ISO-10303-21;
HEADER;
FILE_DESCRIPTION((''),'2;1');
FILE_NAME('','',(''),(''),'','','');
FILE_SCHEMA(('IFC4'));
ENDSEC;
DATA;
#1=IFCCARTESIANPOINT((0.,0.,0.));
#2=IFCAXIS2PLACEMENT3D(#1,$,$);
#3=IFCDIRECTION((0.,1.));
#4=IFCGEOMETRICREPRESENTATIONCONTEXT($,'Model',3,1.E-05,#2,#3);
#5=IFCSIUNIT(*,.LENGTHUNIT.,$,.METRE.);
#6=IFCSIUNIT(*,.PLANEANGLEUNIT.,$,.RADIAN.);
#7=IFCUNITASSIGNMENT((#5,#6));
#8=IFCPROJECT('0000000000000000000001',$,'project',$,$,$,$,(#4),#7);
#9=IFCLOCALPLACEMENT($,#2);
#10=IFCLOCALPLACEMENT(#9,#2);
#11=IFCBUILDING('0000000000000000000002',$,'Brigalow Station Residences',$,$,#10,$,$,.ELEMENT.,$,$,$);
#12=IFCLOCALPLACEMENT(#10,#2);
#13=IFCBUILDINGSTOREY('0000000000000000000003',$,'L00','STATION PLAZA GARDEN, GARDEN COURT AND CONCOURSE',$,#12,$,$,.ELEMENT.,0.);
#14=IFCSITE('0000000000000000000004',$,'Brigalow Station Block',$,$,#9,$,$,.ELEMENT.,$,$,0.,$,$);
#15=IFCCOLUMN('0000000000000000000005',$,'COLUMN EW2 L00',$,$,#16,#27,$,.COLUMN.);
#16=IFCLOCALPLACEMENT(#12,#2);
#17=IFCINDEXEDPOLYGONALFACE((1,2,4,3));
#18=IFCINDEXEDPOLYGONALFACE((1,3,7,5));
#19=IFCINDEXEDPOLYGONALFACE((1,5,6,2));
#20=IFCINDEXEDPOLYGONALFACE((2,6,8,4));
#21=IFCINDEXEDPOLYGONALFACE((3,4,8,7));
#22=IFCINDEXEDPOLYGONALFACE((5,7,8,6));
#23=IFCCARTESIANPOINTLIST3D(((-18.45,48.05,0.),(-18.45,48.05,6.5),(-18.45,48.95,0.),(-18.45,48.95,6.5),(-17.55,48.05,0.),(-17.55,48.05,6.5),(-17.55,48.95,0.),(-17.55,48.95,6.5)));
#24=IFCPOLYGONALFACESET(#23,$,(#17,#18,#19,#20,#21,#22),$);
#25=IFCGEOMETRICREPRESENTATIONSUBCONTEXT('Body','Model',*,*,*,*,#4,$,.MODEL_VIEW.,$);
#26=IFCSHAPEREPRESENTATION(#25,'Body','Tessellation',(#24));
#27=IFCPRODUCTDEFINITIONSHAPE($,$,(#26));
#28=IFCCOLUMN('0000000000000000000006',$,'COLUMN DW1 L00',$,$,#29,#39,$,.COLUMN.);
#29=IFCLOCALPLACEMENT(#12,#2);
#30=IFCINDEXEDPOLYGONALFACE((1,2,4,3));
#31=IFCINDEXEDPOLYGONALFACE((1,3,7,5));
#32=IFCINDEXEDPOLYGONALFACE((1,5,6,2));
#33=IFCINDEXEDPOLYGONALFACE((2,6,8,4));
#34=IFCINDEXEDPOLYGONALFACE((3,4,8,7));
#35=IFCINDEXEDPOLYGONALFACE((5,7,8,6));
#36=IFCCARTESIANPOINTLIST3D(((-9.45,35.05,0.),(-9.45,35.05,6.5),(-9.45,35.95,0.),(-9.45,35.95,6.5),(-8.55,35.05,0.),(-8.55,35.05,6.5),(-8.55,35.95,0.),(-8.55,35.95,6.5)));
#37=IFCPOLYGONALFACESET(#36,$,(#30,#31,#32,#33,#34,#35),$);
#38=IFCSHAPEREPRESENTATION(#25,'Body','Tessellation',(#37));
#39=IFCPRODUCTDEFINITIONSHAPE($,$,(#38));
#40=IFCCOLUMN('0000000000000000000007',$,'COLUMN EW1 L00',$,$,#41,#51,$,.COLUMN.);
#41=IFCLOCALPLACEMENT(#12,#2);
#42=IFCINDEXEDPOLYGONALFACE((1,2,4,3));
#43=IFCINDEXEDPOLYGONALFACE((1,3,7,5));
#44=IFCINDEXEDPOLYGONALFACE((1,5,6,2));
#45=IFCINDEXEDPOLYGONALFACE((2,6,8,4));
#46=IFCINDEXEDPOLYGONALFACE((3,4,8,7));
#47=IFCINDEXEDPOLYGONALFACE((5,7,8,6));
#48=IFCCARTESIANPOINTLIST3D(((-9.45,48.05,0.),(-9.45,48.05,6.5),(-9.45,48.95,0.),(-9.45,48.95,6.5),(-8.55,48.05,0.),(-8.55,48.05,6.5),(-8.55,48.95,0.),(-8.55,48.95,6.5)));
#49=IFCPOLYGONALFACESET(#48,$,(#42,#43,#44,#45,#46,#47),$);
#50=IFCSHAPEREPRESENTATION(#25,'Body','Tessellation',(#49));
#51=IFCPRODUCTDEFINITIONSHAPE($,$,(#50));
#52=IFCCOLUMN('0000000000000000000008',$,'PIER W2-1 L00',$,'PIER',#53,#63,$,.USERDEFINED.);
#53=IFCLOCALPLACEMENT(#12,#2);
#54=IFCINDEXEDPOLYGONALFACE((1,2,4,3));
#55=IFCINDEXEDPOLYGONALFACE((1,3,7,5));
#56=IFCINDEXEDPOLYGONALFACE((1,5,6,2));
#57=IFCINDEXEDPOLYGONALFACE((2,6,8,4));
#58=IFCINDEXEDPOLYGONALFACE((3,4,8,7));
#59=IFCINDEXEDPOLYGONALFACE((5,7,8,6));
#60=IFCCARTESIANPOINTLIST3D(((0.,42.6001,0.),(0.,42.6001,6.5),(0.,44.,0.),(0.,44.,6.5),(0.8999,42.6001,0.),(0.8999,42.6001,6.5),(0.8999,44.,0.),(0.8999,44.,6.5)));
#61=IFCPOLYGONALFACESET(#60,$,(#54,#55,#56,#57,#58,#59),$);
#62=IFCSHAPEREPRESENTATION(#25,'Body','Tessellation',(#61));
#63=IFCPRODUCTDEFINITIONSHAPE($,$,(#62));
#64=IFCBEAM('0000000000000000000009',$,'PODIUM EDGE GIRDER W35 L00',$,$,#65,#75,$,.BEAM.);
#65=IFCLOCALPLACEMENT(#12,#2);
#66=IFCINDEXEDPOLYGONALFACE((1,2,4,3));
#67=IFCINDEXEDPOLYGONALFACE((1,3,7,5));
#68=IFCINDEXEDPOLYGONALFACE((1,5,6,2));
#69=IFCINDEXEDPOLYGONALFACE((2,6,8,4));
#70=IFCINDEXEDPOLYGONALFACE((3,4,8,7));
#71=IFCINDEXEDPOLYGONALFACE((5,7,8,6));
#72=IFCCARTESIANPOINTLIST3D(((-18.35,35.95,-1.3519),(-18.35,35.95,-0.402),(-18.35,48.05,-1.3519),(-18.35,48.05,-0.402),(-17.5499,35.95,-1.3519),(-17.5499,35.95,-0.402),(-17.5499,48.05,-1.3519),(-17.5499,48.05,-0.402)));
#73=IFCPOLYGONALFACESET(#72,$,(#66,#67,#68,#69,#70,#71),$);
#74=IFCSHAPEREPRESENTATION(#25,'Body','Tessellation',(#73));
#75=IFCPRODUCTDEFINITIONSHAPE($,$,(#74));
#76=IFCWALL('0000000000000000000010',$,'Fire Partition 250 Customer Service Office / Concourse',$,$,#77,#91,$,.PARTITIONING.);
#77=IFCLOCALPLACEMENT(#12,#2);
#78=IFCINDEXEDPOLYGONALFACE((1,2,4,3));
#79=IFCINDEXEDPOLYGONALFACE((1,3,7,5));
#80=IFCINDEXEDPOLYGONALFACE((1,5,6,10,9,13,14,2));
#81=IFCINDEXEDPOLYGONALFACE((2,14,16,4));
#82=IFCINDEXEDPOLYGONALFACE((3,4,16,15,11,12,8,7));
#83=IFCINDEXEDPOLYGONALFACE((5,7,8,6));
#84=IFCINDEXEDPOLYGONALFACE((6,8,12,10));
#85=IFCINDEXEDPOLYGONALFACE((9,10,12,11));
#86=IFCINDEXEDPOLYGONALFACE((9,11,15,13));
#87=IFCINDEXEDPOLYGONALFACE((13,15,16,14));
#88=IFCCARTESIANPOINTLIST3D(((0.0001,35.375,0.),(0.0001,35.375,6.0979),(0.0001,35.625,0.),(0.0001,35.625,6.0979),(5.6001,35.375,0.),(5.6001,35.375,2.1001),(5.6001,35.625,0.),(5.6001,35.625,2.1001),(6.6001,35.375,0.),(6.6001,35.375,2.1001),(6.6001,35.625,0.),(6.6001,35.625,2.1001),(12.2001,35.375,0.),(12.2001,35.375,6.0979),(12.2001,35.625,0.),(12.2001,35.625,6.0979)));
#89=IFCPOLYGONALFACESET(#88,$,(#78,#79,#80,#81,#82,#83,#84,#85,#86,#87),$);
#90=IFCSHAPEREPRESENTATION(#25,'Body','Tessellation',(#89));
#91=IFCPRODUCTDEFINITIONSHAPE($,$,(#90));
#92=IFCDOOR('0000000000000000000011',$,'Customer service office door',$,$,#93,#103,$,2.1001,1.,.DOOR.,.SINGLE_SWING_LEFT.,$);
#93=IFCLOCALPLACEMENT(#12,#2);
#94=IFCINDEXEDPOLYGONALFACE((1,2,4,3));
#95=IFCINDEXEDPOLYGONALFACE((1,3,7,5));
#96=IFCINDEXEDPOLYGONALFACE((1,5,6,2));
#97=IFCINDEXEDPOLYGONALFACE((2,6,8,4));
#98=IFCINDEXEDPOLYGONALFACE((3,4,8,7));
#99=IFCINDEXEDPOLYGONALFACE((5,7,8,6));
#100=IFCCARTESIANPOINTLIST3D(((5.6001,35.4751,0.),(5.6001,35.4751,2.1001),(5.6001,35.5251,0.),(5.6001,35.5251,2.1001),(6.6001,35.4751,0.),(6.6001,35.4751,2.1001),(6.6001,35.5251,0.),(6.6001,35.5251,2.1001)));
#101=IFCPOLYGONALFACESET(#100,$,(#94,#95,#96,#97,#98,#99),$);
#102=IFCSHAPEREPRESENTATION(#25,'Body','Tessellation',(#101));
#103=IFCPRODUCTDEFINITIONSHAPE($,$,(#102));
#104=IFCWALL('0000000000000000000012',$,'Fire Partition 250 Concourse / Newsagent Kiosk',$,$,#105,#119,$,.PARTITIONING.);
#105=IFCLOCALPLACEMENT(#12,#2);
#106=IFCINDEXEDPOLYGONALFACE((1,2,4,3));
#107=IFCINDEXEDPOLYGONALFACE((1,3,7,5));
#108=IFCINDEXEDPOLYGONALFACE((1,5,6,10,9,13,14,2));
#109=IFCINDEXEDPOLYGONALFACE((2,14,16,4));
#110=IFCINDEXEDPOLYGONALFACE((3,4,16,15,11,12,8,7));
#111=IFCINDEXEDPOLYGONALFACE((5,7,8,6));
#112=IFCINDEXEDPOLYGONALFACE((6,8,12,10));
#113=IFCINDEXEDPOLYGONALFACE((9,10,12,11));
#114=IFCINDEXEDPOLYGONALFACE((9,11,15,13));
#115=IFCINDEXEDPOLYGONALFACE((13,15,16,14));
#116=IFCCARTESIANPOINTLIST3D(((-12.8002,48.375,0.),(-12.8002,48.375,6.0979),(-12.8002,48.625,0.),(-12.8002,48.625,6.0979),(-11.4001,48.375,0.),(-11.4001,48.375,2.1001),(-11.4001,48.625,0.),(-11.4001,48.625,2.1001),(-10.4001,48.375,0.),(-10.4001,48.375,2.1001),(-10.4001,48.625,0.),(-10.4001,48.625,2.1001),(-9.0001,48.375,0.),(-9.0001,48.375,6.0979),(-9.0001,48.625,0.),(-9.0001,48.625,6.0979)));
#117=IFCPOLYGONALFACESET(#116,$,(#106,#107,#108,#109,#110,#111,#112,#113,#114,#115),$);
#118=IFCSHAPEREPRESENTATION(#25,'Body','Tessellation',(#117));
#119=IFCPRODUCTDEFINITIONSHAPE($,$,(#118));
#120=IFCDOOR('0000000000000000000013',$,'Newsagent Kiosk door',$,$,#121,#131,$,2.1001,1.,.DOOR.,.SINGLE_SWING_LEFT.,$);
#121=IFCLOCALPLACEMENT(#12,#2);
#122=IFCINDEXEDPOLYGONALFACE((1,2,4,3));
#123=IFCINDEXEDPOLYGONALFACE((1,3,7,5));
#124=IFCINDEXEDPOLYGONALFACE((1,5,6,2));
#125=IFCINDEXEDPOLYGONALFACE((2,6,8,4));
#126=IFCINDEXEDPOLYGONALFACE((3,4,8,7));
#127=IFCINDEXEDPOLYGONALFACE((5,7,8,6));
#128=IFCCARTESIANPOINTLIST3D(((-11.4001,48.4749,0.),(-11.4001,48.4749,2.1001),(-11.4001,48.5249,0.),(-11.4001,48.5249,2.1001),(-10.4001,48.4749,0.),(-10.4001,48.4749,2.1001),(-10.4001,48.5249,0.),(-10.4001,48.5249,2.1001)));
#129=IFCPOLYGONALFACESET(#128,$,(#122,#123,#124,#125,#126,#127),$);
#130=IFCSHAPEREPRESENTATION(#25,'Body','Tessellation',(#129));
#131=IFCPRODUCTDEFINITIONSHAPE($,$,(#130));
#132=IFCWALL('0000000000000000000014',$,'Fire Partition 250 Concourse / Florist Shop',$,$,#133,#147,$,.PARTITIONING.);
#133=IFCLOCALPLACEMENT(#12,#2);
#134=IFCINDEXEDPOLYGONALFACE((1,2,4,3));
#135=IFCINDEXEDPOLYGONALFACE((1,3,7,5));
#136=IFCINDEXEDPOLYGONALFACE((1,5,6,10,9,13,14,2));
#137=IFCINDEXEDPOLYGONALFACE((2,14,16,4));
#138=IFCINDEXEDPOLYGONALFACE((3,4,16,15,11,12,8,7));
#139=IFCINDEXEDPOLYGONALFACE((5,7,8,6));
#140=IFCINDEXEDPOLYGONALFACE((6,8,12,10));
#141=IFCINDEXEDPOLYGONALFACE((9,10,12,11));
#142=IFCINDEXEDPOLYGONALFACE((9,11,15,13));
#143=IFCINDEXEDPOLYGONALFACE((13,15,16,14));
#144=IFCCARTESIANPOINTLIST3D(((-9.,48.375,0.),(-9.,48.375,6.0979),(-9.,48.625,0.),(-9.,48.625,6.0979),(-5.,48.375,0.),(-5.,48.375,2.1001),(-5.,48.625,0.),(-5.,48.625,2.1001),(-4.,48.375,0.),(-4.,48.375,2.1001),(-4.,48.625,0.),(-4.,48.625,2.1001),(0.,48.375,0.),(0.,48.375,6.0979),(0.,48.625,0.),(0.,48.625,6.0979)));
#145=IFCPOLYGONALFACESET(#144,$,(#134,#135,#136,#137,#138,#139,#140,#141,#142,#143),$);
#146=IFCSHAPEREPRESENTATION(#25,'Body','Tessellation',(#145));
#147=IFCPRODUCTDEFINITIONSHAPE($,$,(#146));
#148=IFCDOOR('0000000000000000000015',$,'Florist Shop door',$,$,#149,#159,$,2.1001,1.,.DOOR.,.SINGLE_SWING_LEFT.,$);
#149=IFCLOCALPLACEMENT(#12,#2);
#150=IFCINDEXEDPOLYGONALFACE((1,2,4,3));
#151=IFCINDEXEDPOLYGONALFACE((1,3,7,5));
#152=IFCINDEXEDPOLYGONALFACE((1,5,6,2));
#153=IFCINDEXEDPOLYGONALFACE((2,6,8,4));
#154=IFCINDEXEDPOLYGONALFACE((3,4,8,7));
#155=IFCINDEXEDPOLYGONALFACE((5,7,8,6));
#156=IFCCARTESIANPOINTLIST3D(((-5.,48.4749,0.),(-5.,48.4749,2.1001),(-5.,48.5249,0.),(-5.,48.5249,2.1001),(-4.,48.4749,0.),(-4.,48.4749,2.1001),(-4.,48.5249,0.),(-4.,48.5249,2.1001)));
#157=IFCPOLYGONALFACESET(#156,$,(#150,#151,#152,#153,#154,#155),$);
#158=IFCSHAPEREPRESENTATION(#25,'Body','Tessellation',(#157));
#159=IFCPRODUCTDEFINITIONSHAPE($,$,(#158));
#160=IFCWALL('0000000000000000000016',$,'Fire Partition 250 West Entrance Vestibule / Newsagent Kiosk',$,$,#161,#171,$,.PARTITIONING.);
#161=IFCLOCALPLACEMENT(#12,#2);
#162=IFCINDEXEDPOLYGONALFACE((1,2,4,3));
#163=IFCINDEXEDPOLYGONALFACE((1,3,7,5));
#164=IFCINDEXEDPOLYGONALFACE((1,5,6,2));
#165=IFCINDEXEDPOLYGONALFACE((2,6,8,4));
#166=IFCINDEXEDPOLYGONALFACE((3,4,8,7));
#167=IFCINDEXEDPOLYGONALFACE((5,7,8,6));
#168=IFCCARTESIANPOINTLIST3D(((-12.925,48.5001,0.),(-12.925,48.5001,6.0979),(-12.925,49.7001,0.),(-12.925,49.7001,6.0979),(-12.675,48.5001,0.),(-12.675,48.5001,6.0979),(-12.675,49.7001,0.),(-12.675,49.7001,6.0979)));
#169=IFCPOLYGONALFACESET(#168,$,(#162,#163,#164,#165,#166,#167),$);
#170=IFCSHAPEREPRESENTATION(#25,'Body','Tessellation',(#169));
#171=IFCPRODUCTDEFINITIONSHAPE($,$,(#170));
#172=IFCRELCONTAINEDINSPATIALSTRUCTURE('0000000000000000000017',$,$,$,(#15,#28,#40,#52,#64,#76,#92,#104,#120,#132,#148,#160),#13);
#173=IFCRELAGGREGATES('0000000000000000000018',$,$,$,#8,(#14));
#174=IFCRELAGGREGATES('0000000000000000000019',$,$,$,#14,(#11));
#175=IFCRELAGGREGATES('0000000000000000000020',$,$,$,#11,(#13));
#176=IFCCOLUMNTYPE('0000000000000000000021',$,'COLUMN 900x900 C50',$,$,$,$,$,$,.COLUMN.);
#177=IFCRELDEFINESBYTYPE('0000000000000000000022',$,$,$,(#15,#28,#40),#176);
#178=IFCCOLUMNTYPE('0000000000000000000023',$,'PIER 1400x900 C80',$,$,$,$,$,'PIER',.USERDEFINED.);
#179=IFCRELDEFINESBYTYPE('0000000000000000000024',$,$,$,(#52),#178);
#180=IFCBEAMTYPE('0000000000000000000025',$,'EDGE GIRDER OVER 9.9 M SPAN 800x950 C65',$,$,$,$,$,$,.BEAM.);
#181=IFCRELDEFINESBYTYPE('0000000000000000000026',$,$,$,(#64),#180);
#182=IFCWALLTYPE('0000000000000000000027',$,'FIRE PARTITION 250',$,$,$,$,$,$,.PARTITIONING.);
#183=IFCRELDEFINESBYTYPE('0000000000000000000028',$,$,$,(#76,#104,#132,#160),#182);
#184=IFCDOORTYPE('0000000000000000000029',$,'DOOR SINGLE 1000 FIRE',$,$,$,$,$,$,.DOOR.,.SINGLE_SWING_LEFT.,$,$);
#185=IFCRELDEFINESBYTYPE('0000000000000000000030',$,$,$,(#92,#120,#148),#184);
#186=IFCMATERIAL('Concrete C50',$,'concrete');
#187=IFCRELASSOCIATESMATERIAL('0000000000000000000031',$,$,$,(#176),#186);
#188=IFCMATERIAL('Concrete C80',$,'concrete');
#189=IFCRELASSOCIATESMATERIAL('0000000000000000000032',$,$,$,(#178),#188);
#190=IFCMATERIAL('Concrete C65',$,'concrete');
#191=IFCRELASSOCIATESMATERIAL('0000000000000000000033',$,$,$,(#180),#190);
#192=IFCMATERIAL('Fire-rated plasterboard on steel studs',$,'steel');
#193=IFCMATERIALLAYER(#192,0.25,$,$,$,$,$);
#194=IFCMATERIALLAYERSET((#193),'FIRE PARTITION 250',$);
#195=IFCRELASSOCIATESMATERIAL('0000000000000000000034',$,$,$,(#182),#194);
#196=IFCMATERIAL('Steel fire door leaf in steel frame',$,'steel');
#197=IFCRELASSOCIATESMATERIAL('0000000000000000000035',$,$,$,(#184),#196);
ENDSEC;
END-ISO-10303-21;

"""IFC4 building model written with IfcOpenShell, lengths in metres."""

from ifc_helpers import new_model, si_unit, direction, frame, frame_2d, origin, origin_2d, place, context, subcontext, project, spatial, rectangle, extrude, material, layer, layer_set, material_profile, profile_set, type_object, element, fill, save


model = new_model("IFC4")

# Units and contexts
model_context = context("Model", 3, precision=1e-05, world=origin(), true_north=direction((0.0, 1.0)))
body_context = subcontext(model_context, "Body", "Model", "MODEL_VIEW")
ifc_project = project(units=[si_unit("LENGTHUNIT", "METRE"), si_unit("PLANEANGLEUNIT", "RADIAN")], contexts=[model_context])

# Site, building, storey
site_placement = place(None, origin())
site = spatial("IfcSite", under=ifc_project, at=site_placement, Name="Brigalow Station Block", CompositionType="ELEMENT", RefElevation=0.0)
building_placement = place(site_placement, origin())
building = spatial("IfcBuilding", under=site, at=building_placement, Name="Brigalow Station Residences", CompositionType="ELEMENT")
storey_placement = place(building_placement, origin())
storey = spatial("IfcBuildingStorey", under=building, at=storey_placement, Name="L00", Description="STATION PLAZA GARDEN, GARDEN COURT AND CONCOURSE", CompositionType="ELEMENT", Elevation=0.0)

# Columns
ifc_material_1 = material(Name="Concrete C50", Category="concrete")
ifc_material_profile_1 = material_profile(ifc_material_1, rectangle(XDim=0.8999, YDim=0.8999, at=origin_2d()), Name="RC900x900")
ifc_profile_set_1 = profile_set([ifc_material_profile_1], Name="Concrete C50")
column_type_1 = type_object("IfcColumnType", Name="COLUMN 900x900 C50", PredefinedType="COLUMN", material=ifc_profile_set_1)
for number, where, z_axis, x_axis, name in (
    (1, (-18.0, 48.5, 0.0), (0.0, 0.0, 1.0), (1.0, 0.0, 0.0), "COLUMN EW2 L00"),
    (2, (-9.0, 35.5, 0.0), (0.0, 0.0, 1.0), (1.0, 0.0, 0.0), "COLUMN DW1 L00"),
    (3, (-9.0, 48.5, 0.0), (0.0, 0.0, 1.0), (1.0, 0.0, 0.0), "COLUMN EW1 L00"),
):
    element("IfcColumn", number, at=place(storey_placement, frame(where, z_axis=z_axis, x_axis=x_axis)), inside=storey, type_object=column_type_1, Name=name, PredefinedType="COLUMN", context=body_context, shape_type="SweptSolid", body=[
        extrude(rectangle(XDim=0.8999, YDim=0.8999, at=origin_2d()), origin(), (0.0, 0.0, 1.0), 6.5),
    ])
ifc_material_2 = material(Name="Concrete C80", Category="concrete")
ifc_material_profile_2 = material_profile(ifc_material_2, rectangle(XDim=1.3999, YDim=0.8999, at=origin_2d()), Name="RC1400x900")
ifc_profile_set_2 = profile_set([ifc_material_profile_2], Name="Concrete C80")
column_type_2 = type_object("IfcColumnType", Name="PIER 1400x900 C80", ElementType="PIER", PredefinedType="USERDEFINED", material=ifc_profile_set_2)
column_placement = place(storey_placement, frame((0.45, 43.3, 0.0), z_axis=(0.0, 0.0, 1.0), x_axis=(0.0, -1.0, 0.0)))
element("IfcColumn", 4, at=column_placement, inside=storey, type_object=column_type_2, Name="PIER W2-1 L00", ObjectType="PIER", PredefinedType="USERDEFINED", context=body_context, shape_type="SweptSolid", body=[
    extrude(rectangle(XDim=1.3999, YDim=0.8999, at=origin_2d()), origin(), (0.0, 0.0, 1.0), 6.5),
])

# Beam
ifc_material_3 = material(Name="Concrete C65", Category="concrete")
ifc_material_profile_3 = material_profile(ifc_material_3, rectangle(XDim=0.8, YDim=0.95, at=origin_2d()), Name="RC800x950")
ifc_profile_set_3 = profile_set([ifc_material_profile_3], Name="Concrete C65")
beam_type = type_object("IfcBeamType", Name="EDGE GIRDER OVER 9.9 M SPAN 800x950 C65", PredefinedType="BEAM", material=ifc_profile_set_3)
beam_placement = place(storey_placement, frame((-17.95, 35.95, -0.877), z_axis=(0.0, 1.0, 0.0), x_axis=(-1.0, 0.0, 0.0)))
element("IfcBeam", 5, at=beam_placement, inside=storey, type_object=beam_type, Name="PODIUM EDGE GIRDER W35 L00", PredefinedType="BEAM", context=body_context, shape_type="SweptSolid", body=[
    extrude(rectangle(XDim=0.8, YDim=0.95, at=origin_2d()), origin(), (0.0, 0.0, 1.0), 12.1001),
])

# Walls, openings, doors
ifc_material_4 = material(Name="Fire-rated plasterboard on steel studs", Category="steel")
ifc_layer_1 = layer(ifc_material_4, 0.25)
ifc_layer_set_1 = layer_set([ifc_layer_1], Name="FIRE PARTITION 250")
wall_type_1 = type_object("IfcWallType", Name="FIRE PARTITION 250", PredefinedType="PARTITIONING", material=ifc_layer_set_1)
wall_1_placement = place(storey_placement, frame((0.0, 35.5, 0.0), z_axis=(0.0, 0.0, 1.0), x_axis=(1.0, 0.0, 0.0)))
wall_1 = element("IfcWall", 6, at=wall_1_placement, inside=storey, type_object=wall_type_1, Name="Fire Partition 250 Customer Service Office / Concourse", PredefinedType="PARTITIONING", context=body_context, shape_type="SweptSolid", body=[
    extrude(rectangle(XDim=12.2, YDim=0.25, at=frame_2d((6.1001, 0.0))), origin(), (0.0, 0.0, 1.0), 6.0979),
])
opening_1_placement = place(wall_1_placement, frame((5.6001, 0.0, 0.0)))
opening_1 = element("IfcOpeningElement", 7, at=opening_1_placement, cuts=wall_1, PredefinedType="OPENING", context=body_context, shape_type="SweptSolid", body=[
    extrude(rectangle(XDim=1.0, YDim=2.1001, at=frame_2d((0.5, 1.05))), frame((0.0, 0.135, 0.0), z_axis=(0.0, -1.0, 0.0), x_axis=(1.0, 0.0, 0.0)), (0.0, 0.0, 1.0), 0.27),
])
ifc_material_5 = material(Name="Steel fire door leaf in steel frame", Category="steel")
door_type = type_object("IfcDoorType", Name="DOOR SINGLE 1000 FIRE", OperationType="SINGLE_SWING_LEFT", PredefinedType="DOOR", material=ifc_material_5)
door_1_placement = place(opening_1_placement, frame((1.0, 0.0, 0.0), z_axis=(0.0, 0.0, 1.0), x_axis=(-1.0, 0.0, 0.0)))
door_1 = element("IfcDoor", 8, at=door_1_placement, inside=storey, type_object=door_type, Name="Customer service office door", OperationType="SINGLE_SWING_LEFT", OverallHeight=2.1001, OverallWidth=1.0, PredefinedType="DOOR", context=body_context, shape_type="SweptSolid", body=[
    extrude(rectangle(XDim=1.0, YDim=2.1001, at=frame_2d((0.5, 1.05))), frame((0.0, 0.0249, 0.0), z_axis=(0.0, -1.0, 0.0), x_axis=(1.0, 0.0, 0.0)), (0.0, 0.0, 1.0), 0.05),
])
fill(opening_1, door_1)
wall_2_placement = place(storey_placement, frame((-12.8, 48.5, 0.0), z_axis=(0.0, 0.0, 1.0), x_axis=(1.0, 0.0, 0.0)))
wall_2 = element("IfcWall", 9, at=wall_2_placement, inside=storey, type_object=wall_type_1, Name="Fire Partition 250 Concourse / Newsagent Kiosk", PredefinedType="PARTITIONING", context=body_context, shape_type="SweptSolid", body=[
    extrude(rectangle(XDim=3.8, YDim=0.25, at=frame_2d((1.8999, 0.0))), origin(), (0.0, 0.0, 1.0), 6.0979),
])
opening_2_placement = place(wall_2_placement, frame((1.3999, 0.0, 0.0)))
opening_2 = element("IfcOpeningElement", 10, at=opening_2_placement, cuts=wall_2, PredefinedType="OPENING", context=body_context, shape_type="SweptSolid", body=[
    extrude(rectangle(XDim=1.0, YDim=2.1001, at=frame_2d((0.5, 1.05))), frame((0.0, 0.135, 0.0), z_axis=(0.0, -1.0, 0.0), x_axis=(1.0, 0.0, 0.0)), (0.0, 0.0, 1.0), 0.27),
])
door_2_placement = place(opening_2_placement, origin())
door_2 = element("IfcDoor", 11, at=door_2_placement, inside=storey, type_object=door_type, Name="Newsagent Kiosk door", OperationType="SINGLE_SWING_LEFT", OverallHeight=2.1001, OverallWidth=1.0, PredefinedType="DOOR", context=body_context, shape_type="SweptSolid", body=[
    extrude(rectangle(XDim=1.0, YDim=2.1001, at=frame_2d((0.5, 1.05))), frame((0.0, 0.0249, 0.0), z_axis=(0.0, -1.0, 0.0), x_axis=(1.0, 0.0, 0.0)), (0.0, 0.0, 1.0), 0.05),
])
fill(opening_2, door_2)
wall_3_placement = place(storey_placement, frame((-9.0, 48.5, 0.0), z_axis=(0.0, 0.0, 1.0), x_axis=(1.0, 0.0, 0.0)))
wall_3 = element("IfcWall", 12, at=wall_3_placement, inside=storey, type_object=wall_type_1, Name="Fire Partition 250 Concourse / Florist Shop", PredefinedType="PARTITIONING", context=body_context, shape_type="SweptSolid", body=[
    extrude(rectangle(XDim=9.0, YDim=0.25, at=frame_2d((4.5, 0.0))), origin(), (0.0, 0.0, 1.0), 6.0979),
])
opening_3_placement = place(wall_3_placement, frame((4.0, 0.0, 0.0)))
opening_3 = element("IfcOpeningElement", 13, at=opening_3_placement, cuts=wall_3, PredefinedType="OPENING", context=body_context, shape_type="SweptSolid", body=[
    extrude(rectangle(XDim=1.0, YDim=2.1001, at=frame_2d((0.5, 1.05))), frame((0.0, 0.135, 0.0), z_axis=(0.0, -1.0, 0.0), x_axis=(1.0, 0.0, 0.0)), (0.0, 0.0, 1.0), 0.27),
])
door_3_placement = place(opening_3_placement, origin())
door_3 = element("IfcDoor", 14, at=door_3_placement, inside=storey, type_object=door_type, Name="Florist Shop door", OperationType="SINGLE_SWING_LEFT", OverallHeight=2.1001, OverallWidth=1.0, PredefinedType="DOOR", context=body_context, shape_type="SweptSolid", body=[
    extrude(rectangle(XDim=1.0, YDim=2.1001, at=frame_2d((0.5, 1.05))), frame((0.0, 0.0249, 0.0), z_axis=(0.0, -1.0, 0.0), x_axis=(1.0, 0.0, 0.0)), (0.0, 0.0, 1.0), 0.05),
])
fill(opening_3, door_3)

# Wall
wall_4_placement = place(storey_placement, frame((-12.8, 48.5, 0.0), z_axis=(0.0, 0.0, 1.0), x_axis=(0.0, 1.0, 0.0)))
element("IfcWall", 15, at=wall_4_placement, inside=storey, type_object=wall_type_1, Name="Fire Partition 250 West Entrance Vestibule / Newsagent Kiosk", PredefinedType="PARTITIONING", context=body_context, shape_type="SweptSolid", body=[
    extrude(rectangle(XDim=1.2, YDim=0.25, at=frame_2d((0.6001, 0.0))), origin(), (0.0, 0.0, 1.0), 6.0979),
])

save(model, "model.ifc")
